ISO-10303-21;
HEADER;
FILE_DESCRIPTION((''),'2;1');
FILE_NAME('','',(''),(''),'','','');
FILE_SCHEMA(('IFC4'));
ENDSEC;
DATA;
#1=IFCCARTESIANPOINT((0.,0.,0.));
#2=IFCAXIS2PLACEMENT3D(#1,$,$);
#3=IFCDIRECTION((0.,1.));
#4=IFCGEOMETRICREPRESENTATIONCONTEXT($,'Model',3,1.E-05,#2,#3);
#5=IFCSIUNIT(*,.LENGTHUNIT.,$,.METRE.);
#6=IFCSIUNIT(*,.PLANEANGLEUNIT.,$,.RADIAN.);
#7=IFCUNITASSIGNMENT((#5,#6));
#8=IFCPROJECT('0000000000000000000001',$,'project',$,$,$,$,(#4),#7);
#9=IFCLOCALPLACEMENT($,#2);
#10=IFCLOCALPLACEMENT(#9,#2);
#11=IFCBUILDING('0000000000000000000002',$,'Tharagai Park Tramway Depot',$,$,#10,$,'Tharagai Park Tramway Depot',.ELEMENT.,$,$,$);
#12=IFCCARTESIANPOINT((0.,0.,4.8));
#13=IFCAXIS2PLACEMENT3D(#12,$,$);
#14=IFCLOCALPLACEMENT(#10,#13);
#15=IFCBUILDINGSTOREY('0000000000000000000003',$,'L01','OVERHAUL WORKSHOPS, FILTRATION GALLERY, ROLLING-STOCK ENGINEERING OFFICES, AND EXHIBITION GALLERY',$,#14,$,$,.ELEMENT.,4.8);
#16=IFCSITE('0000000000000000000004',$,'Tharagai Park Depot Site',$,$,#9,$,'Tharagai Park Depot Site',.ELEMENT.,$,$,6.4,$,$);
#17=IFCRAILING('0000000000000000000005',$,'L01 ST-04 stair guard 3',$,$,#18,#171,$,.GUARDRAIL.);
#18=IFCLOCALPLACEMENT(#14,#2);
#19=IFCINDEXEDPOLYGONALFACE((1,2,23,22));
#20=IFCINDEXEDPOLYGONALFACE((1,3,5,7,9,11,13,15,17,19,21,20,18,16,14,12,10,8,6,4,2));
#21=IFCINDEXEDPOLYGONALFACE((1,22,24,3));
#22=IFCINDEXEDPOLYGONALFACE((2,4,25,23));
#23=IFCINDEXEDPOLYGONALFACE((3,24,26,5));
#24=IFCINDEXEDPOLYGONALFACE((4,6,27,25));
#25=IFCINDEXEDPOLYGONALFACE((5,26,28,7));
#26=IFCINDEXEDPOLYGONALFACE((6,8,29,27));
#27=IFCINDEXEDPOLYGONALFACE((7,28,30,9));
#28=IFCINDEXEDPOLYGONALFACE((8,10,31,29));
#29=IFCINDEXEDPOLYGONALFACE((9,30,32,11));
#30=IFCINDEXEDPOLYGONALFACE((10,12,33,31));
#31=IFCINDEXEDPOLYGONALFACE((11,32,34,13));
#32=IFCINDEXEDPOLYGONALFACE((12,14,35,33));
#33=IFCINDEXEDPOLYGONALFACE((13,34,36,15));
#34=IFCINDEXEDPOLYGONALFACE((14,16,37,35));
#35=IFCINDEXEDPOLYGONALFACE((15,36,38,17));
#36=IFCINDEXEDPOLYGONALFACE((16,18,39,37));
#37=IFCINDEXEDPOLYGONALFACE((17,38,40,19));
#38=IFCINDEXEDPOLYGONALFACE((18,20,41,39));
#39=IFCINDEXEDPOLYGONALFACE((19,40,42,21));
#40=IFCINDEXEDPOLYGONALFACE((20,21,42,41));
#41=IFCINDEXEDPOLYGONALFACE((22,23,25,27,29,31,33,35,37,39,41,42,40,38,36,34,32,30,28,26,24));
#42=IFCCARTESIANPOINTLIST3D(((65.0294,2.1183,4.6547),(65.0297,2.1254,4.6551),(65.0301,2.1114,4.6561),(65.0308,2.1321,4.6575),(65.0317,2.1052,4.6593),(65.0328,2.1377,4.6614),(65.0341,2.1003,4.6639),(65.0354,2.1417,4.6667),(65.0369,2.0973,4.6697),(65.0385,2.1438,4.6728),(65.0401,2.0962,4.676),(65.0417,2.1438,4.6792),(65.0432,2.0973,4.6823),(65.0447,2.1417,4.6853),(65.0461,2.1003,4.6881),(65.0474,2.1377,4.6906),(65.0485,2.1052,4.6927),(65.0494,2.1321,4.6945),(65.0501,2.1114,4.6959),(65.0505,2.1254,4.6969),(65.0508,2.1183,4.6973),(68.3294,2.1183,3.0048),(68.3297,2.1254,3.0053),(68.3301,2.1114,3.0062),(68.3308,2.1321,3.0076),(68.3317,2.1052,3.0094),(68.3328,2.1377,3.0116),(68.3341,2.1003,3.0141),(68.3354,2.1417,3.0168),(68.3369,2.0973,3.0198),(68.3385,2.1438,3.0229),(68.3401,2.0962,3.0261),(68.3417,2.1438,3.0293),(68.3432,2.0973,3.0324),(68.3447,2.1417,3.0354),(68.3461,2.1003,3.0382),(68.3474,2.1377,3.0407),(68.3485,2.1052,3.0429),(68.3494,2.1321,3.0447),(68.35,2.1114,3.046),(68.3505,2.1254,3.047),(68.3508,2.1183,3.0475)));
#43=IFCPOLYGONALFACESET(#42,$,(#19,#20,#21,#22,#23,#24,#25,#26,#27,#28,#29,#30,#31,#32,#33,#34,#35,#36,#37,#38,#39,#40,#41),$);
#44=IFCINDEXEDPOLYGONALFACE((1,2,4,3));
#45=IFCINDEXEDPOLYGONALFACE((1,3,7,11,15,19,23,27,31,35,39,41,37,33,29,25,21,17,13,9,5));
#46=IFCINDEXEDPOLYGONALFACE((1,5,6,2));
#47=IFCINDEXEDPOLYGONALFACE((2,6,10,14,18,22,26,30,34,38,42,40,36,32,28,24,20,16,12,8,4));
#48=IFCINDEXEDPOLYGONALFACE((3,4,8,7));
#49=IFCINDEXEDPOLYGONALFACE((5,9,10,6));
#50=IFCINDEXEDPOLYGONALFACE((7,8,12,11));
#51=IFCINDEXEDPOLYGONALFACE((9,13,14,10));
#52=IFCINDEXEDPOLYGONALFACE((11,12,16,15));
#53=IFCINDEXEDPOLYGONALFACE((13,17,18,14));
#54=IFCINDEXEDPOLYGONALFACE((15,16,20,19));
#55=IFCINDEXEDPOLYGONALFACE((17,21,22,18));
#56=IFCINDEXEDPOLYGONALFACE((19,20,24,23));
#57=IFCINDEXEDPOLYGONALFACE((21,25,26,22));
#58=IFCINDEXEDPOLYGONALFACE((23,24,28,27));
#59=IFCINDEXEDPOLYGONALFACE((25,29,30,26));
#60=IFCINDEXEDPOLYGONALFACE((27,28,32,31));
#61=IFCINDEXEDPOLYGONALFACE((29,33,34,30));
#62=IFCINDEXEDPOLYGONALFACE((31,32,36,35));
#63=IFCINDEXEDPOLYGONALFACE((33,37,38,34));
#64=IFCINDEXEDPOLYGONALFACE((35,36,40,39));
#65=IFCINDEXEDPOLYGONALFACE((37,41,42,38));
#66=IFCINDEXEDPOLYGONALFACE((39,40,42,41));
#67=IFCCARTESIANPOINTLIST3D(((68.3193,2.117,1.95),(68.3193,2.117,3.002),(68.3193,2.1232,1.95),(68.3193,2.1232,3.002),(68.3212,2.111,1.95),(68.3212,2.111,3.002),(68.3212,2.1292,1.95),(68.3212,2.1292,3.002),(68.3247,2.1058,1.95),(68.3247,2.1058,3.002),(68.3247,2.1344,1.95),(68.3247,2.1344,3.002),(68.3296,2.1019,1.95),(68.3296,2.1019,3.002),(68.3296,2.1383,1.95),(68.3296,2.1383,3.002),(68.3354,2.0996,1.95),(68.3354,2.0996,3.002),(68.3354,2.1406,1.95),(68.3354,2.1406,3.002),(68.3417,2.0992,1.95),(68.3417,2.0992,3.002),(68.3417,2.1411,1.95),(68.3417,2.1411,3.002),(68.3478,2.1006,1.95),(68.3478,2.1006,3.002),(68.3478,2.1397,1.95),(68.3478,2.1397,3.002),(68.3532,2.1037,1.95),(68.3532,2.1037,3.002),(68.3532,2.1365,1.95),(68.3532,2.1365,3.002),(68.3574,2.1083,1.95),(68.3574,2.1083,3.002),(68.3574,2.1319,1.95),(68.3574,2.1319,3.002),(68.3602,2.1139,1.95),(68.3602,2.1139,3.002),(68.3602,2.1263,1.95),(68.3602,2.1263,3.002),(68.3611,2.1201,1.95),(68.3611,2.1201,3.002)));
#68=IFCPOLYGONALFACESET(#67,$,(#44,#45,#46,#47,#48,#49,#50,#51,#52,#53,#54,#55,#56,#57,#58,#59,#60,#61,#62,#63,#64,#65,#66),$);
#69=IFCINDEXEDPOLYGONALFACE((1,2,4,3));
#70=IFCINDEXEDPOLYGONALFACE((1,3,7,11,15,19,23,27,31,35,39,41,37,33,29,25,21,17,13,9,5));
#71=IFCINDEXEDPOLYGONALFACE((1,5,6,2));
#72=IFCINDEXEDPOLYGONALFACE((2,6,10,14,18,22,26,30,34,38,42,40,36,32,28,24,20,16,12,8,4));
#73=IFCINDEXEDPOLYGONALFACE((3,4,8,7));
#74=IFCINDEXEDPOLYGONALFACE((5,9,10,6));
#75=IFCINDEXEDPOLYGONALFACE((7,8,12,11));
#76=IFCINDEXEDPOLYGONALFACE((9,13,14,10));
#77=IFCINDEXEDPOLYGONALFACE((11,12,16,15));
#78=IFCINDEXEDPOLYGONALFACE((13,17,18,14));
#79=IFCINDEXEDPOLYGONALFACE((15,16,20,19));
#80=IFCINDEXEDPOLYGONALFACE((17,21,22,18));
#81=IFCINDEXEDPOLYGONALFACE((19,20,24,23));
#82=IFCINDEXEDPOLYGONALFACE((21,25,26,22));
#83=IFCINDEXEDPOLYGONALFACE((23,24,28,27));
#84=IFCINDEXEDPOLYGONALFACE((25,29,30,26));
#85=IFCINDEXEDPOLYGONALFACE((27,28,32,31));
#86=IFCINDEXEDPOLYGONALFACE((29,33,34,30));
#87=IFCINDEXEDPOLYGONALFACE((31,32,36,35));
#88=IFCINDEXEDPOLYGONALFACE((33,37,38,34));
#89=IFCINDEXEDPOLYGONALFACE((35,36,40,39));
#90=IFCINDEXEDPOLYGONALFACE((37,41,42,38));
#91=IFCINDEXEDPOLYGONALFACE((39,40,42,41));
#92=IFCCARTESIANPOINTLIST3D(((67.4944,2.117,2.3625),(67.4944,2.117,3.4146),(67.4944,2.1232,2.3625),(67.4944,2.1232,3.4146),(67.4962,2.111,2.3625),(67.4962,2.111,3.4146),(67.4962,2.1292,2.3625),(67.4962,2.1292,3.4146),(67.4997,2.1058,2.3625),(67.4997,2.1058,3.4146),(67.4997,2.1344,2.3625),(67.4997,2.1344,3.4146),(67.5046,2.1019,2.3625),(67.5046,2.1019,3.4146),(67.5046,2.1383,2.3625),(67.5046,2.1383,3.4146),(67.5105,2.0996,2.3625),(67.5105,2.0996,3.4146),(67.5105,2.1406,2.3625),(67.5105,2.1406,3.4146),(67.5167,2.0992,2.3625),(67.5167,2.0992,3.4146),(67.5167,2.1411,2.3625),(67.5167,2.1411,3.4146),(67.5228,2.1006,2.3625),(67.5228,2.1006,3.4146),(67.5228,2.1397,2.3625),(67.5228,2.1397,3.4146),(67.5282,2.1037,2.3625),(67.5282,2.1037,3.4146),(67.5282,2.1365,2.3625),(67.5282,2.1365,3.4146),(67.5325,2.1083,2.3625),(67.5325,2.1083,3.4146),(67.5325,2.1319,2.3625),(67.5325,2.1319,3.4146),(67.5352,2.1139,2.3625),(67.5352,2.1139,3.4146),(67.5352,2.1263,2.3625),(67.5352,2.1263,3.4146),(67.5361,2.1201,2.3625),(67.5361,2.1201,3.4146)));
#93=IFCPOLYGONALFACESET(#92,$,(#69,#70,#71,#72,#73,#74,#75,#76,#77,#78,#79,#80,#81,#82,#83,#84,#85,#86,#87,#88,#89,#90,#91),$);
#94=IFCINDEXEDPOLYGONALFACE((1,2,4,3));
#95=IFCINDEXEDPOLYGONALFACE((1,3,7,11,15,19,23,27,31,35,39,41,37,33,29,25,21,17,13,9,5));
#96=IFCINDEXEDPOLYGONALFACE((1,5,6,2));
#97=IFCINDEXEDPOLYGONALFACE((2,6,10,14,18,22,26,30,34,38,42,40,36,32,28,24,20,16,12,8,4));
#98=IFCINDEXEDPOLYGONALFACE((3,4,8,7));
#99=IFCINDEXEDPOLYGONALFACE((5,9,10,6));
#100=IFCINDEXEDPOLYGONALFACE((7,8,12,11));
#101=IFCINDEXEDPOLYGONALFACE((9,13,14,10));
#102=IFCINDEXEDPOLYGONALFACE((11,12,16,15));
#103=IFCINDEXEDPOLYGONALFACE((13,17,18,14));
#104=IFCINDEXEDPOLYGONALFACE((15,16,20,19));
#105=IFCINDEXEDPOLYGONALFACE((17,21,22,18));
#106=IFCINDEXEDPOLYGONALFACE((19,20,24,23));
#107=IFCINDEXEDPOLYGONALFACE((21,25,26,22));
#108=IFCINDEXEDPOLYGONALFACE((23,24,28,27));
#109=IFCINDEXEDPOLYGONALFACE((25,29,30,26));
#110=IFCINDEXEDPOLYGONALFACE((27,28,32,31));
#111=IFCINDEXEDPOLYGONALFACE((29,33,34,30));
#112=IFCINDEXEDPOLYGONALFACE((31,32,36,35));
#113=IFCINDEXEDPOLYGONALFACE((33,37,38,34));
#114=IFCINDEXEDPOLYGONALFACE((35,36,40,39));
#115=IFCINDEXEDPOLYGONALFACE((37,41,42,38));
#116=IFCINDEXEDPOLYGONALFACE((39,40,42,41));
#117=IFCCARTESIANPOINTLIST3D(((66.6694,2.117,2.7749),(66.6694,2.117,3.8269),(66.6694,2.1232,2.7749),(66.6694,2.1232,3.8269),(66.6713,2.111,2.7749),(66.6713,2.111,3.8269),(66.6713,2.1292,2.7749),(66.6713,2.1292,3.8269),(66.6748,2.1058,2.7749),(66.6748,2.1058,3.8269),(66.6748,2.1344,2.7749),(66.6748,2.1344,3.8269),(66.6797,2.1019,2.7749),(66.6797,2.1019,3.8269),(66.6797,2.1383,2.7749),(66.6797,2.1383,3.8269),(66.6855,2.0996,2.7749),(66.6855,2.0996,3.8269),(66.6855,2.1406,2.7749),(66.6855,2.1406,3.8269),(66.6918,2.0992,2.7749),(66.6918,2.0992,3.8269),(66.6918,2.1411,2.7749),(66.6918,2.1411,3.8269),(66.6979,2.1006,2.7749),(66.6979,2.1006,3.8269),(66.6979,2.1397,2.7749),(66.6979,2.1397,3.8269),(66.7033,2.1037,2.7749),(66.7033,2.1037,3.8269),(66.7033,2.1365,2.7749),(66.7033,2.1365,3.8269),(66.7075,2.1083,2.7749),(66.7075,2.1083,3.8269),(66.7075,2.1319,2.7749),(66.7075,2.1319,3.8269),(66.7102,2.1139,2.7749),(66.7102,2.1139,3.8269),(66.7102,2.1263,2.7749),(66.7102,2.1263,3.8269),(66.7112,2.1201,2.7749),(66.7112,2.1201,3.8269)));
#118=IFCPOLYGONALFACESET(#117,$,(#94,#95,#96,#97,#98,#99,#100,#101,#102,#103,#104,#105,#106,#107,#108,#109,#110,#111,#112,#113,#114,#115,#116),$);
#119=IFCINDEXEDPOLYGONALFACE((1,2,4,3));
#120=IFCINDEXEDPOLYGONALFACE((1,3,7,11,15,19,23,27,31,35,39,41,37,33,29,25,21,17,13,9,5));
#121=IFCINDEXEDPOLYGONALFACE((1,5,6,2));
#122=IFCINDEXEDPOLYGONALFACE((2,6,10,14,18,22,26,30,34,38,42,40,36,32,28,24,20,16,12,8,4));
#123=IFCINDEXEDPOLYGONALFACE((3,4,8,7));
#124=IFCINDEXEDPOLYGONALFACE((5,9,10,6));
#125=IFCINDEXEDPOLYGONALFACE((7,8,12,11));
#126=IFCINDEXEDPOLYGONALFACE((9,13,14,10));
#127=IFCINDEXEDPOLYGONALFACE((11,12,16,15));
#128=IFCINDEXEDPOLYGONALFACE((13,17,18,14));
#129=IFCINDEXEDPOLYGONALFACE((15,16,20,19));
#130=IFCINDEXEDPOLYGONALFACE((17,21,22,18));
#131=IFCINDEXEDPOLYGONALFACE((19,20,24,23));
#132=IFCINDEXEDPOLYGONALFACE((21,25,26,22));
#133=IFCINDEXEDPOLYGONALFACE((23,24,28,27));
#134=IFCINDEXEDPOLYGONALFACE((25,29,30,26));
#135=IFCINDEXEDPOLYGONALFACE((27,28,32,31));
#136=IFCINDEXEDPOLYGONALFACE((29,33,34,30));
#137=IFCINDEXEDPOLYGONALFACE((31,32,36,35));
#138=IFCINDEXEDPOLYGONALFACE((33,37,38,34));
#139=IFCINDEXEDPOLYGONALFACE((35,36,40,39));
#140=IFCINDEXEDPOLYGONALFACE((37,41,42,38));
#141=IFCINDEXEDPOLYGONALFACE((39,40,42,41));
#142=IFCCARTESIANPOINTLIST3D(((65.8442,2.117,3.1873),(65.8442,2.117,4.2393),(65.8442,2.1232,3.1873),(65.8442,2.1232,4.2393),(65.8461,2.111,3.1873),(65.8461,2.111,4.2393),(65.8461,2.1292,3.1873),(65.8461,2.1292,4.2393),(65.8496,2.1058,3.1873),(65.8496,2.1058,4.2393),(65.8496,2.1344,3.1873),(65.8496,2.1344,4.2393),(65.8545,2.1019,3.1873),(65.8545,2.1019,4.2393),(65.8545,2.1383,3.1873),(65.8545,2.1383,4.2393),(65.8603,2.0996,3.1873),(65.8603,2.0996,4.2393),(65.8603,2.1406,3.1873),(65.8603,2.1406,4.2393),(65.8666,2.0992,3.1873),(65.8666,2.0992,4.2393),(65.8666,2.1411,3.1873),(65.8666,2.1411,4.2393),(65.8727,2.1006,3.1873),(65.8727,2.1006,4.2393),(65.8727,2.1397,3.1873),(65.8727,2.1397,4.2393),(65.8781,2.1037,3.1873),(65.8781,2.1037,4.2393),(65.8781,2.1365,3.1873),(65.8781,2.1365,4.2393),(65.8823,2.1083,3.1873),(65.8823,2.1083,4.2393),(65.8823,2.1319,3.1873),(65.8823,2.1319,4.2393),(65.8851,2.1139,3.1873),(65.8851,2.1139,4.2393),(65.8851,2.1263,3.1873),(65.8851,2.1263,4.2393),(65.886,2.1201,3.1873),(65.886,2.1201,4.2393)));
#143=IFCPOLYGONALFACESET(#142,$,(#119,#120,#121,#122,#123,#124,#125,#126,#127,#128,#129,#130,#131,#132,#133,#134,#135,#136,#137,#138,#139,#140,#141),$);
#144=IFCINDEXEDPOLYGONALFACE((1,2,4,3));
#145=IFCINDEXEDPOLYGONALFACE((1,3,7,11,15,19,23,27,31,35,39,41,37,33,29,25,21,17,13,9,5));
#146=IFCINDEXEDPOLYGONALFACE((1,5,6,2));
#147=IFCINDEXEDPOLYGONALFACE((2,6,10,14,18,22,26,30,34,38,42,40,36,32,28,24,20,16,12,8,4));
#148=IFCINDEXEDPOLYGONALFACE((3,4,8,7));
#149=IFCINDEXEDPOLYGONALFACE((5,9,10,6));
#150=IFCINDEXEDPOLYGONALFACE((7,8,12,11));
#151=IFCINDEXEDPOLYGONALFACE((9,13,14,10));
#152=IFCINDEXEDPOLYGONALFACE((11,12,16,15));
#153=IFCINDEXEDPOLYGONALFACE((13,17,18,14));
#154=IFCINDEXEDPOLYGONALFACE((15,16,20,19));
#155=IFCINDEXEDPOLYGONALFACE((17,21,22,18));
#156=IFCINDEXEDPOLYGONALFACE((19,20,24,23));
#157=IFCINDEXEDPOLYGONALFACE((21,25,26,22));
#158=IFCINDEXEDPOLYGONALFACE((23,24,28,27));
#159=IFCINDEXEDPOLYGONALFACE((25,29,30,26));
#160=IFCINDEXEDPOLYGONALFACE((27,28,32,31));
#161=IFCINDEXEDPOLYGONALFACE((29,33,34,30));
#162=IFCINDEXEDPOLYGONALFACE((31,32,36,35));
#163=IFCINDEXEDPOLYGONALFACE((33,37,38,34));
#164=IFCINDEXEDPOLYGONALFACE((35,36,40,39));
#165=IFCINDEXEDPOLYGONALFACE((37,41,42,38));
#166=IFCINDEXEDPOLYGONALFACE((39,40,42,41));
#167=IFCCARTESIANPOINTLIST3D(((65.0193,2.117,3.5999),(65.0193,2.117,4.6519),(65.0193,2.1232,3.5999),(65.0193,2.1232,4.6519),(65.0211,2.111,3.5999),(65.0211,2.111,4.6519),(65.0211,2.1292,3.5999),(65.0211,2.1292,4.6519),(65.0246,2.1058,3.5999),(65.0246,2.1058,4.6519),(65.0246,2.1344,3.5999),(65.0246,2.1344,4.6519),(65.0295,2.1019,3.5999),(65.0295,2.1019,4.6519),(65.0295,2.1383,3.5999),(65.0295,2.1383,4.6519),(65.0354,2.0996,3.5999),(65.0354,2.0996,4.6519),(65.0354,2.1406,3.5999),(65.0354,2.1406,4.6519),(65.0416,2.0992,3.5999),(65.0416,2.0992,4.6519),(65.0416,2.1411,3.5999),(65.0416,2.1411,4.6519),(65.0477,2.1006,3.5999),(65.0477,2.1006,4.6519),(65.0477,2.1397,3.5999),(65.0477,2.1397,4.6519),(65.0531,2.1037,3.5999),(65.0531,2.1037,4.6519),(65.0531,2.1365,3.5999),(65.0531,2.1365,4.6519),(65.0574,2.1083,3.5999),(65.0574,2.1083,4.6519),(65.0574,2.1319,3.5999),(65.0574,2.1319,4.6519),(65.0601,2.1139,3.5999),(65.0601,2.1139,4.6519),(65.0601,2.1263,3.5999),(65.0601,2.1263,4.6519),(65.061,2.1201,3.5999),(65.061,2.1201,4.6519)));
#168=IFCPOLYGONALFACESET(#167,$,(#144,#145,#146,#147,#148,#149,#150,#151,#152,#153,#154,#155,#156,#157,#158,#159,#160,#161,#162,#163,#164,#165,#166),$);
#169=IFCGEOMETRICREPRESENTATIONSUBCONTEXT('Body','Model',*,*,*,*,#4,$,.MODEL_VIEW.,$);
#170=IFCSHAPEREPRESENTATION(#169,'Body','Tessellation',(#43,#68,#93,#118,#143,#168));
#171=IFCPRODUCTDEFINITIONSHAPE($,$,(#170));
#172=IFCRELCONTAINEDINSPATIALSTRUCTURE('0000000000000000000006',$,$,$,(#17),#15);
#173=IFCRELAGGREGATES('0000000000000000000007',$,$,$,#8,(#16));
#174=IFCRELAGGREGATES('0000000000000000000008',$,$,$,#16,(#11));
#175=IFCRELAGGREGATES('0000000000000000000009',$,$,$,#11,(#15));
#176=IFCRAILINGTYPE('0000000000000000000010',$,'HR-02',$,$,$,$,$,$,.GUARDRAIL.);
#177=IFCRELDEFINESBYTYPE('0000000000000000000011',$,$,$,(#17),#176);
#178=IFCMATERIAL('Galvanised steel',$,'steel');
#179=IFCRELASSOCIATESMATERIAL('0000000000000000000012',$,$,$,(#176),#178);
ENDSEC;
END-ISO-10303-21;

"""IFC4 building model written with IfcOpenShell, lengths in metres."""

from ifc_helpers import new_model, si_unit, direction, frame, origin, origin_2d, place, context, subcontext, project, spatial, circle, extrude, material, type_object, element, save


model = new_model("IFC4")

# Units and contexts
model_context = context("Model", 3, precision=1e-05, world=origin(), true_north=direction((0.0, 1.0)))
body_context = subcontext(model_context, "Body", "Model", "MODEL_VIEW")
ifc_project = project(units=[si_unit("LENGTHUNIT", "METRE"), si_unit("PLANEANGLEUNIT", "RADIAN")], contexts=[model_context])

# Site, building, storey
site_placement = place(None, origin())
site = spatial("IfcSite", under=ifc_project, at=site_placement, Name="Tharagai Park Depot Site", LongName="Tharagai Park Depot Site", CompositionType="ELEMENT", RefElevation=6.4)
building_placement = place(site_placement, origin())
building = spatial("IfcBuilding", under=site, at=building_placement, Name="Tharagai Park Tramway Depot", LongName="Tharagai Park Tramway Depot", CompositionType="ELEMENT")
storey_placement = place(building_placement, frame((0.0, 0.0, 4.8)))
storey = spatial("IfcBuildingStorey", under=building, at=storey_placement, Name="L01", Description="OVERHAUL WORKSHOPS, FILTRATION GALLERY, ROLLING-STOCK ENGINEERING OFFICES, AND EXHIBITION GALLERY", CompositionType="ELEMENT", Elevation=4.8)

# Railing
ifc_material_1 = material(Name="Galvanised steel", Category="steel")
railing_type_1 = type_object("IfcRailingType", Name="HR-02", PredefinedType="GUARDRAIL", material=ifc_material_1)
railing_1_placement = place(storey_placement, frame((68.3401, 2.1201, 1.95)))
element("IfcRailing", 1, at=railing_1_placement, inside=storey, type_object=railing_type_1, Name="L01 ST-04 stair guard 3", PredefinedType="GUARDRAIL", context=body_context, shape_type="SweptSolid", body=[
    extrude(circle(Radius=0.0239, at=origin_2d()), frame((0.0, 0.0, 1.0762), z_axis=(-0.89444, 0.0, 0.447187), x_axis=(0.0, -1.0, 0.0)), (0.0, 0.0, 1.0), 3.6895),
    extrude(circle(Radius=0.021, at=origin_2d()), origin(), (0.0, 0.0, 1.0), 1.052),
    extrude(circle(Radius=0.021, at=origin_2d()), frame((-0.825, 0.0, 0.4126)), (0.0, 0.0, 1.0), 1.052),
    extrude(circle(Radius=0.021, at=origin_2d()), frame((-1.6499, 0.0, 0.825)), (0.0, 0.0, 1.0), 1.052),
    extrude(circle(Radius=0.021, at=origin_2d()), frame((-2.4751, 0.0, 1.2373)), (0.0, 0.0, 1.0), 1.052),
    extrude(circle(Radius=0.021, at=origin_2d()), frame((-3.3, 0.0, 1.6499)), (0.0, 0.0, 1.0), 1.052),
])

save(model, "model.ifc")
